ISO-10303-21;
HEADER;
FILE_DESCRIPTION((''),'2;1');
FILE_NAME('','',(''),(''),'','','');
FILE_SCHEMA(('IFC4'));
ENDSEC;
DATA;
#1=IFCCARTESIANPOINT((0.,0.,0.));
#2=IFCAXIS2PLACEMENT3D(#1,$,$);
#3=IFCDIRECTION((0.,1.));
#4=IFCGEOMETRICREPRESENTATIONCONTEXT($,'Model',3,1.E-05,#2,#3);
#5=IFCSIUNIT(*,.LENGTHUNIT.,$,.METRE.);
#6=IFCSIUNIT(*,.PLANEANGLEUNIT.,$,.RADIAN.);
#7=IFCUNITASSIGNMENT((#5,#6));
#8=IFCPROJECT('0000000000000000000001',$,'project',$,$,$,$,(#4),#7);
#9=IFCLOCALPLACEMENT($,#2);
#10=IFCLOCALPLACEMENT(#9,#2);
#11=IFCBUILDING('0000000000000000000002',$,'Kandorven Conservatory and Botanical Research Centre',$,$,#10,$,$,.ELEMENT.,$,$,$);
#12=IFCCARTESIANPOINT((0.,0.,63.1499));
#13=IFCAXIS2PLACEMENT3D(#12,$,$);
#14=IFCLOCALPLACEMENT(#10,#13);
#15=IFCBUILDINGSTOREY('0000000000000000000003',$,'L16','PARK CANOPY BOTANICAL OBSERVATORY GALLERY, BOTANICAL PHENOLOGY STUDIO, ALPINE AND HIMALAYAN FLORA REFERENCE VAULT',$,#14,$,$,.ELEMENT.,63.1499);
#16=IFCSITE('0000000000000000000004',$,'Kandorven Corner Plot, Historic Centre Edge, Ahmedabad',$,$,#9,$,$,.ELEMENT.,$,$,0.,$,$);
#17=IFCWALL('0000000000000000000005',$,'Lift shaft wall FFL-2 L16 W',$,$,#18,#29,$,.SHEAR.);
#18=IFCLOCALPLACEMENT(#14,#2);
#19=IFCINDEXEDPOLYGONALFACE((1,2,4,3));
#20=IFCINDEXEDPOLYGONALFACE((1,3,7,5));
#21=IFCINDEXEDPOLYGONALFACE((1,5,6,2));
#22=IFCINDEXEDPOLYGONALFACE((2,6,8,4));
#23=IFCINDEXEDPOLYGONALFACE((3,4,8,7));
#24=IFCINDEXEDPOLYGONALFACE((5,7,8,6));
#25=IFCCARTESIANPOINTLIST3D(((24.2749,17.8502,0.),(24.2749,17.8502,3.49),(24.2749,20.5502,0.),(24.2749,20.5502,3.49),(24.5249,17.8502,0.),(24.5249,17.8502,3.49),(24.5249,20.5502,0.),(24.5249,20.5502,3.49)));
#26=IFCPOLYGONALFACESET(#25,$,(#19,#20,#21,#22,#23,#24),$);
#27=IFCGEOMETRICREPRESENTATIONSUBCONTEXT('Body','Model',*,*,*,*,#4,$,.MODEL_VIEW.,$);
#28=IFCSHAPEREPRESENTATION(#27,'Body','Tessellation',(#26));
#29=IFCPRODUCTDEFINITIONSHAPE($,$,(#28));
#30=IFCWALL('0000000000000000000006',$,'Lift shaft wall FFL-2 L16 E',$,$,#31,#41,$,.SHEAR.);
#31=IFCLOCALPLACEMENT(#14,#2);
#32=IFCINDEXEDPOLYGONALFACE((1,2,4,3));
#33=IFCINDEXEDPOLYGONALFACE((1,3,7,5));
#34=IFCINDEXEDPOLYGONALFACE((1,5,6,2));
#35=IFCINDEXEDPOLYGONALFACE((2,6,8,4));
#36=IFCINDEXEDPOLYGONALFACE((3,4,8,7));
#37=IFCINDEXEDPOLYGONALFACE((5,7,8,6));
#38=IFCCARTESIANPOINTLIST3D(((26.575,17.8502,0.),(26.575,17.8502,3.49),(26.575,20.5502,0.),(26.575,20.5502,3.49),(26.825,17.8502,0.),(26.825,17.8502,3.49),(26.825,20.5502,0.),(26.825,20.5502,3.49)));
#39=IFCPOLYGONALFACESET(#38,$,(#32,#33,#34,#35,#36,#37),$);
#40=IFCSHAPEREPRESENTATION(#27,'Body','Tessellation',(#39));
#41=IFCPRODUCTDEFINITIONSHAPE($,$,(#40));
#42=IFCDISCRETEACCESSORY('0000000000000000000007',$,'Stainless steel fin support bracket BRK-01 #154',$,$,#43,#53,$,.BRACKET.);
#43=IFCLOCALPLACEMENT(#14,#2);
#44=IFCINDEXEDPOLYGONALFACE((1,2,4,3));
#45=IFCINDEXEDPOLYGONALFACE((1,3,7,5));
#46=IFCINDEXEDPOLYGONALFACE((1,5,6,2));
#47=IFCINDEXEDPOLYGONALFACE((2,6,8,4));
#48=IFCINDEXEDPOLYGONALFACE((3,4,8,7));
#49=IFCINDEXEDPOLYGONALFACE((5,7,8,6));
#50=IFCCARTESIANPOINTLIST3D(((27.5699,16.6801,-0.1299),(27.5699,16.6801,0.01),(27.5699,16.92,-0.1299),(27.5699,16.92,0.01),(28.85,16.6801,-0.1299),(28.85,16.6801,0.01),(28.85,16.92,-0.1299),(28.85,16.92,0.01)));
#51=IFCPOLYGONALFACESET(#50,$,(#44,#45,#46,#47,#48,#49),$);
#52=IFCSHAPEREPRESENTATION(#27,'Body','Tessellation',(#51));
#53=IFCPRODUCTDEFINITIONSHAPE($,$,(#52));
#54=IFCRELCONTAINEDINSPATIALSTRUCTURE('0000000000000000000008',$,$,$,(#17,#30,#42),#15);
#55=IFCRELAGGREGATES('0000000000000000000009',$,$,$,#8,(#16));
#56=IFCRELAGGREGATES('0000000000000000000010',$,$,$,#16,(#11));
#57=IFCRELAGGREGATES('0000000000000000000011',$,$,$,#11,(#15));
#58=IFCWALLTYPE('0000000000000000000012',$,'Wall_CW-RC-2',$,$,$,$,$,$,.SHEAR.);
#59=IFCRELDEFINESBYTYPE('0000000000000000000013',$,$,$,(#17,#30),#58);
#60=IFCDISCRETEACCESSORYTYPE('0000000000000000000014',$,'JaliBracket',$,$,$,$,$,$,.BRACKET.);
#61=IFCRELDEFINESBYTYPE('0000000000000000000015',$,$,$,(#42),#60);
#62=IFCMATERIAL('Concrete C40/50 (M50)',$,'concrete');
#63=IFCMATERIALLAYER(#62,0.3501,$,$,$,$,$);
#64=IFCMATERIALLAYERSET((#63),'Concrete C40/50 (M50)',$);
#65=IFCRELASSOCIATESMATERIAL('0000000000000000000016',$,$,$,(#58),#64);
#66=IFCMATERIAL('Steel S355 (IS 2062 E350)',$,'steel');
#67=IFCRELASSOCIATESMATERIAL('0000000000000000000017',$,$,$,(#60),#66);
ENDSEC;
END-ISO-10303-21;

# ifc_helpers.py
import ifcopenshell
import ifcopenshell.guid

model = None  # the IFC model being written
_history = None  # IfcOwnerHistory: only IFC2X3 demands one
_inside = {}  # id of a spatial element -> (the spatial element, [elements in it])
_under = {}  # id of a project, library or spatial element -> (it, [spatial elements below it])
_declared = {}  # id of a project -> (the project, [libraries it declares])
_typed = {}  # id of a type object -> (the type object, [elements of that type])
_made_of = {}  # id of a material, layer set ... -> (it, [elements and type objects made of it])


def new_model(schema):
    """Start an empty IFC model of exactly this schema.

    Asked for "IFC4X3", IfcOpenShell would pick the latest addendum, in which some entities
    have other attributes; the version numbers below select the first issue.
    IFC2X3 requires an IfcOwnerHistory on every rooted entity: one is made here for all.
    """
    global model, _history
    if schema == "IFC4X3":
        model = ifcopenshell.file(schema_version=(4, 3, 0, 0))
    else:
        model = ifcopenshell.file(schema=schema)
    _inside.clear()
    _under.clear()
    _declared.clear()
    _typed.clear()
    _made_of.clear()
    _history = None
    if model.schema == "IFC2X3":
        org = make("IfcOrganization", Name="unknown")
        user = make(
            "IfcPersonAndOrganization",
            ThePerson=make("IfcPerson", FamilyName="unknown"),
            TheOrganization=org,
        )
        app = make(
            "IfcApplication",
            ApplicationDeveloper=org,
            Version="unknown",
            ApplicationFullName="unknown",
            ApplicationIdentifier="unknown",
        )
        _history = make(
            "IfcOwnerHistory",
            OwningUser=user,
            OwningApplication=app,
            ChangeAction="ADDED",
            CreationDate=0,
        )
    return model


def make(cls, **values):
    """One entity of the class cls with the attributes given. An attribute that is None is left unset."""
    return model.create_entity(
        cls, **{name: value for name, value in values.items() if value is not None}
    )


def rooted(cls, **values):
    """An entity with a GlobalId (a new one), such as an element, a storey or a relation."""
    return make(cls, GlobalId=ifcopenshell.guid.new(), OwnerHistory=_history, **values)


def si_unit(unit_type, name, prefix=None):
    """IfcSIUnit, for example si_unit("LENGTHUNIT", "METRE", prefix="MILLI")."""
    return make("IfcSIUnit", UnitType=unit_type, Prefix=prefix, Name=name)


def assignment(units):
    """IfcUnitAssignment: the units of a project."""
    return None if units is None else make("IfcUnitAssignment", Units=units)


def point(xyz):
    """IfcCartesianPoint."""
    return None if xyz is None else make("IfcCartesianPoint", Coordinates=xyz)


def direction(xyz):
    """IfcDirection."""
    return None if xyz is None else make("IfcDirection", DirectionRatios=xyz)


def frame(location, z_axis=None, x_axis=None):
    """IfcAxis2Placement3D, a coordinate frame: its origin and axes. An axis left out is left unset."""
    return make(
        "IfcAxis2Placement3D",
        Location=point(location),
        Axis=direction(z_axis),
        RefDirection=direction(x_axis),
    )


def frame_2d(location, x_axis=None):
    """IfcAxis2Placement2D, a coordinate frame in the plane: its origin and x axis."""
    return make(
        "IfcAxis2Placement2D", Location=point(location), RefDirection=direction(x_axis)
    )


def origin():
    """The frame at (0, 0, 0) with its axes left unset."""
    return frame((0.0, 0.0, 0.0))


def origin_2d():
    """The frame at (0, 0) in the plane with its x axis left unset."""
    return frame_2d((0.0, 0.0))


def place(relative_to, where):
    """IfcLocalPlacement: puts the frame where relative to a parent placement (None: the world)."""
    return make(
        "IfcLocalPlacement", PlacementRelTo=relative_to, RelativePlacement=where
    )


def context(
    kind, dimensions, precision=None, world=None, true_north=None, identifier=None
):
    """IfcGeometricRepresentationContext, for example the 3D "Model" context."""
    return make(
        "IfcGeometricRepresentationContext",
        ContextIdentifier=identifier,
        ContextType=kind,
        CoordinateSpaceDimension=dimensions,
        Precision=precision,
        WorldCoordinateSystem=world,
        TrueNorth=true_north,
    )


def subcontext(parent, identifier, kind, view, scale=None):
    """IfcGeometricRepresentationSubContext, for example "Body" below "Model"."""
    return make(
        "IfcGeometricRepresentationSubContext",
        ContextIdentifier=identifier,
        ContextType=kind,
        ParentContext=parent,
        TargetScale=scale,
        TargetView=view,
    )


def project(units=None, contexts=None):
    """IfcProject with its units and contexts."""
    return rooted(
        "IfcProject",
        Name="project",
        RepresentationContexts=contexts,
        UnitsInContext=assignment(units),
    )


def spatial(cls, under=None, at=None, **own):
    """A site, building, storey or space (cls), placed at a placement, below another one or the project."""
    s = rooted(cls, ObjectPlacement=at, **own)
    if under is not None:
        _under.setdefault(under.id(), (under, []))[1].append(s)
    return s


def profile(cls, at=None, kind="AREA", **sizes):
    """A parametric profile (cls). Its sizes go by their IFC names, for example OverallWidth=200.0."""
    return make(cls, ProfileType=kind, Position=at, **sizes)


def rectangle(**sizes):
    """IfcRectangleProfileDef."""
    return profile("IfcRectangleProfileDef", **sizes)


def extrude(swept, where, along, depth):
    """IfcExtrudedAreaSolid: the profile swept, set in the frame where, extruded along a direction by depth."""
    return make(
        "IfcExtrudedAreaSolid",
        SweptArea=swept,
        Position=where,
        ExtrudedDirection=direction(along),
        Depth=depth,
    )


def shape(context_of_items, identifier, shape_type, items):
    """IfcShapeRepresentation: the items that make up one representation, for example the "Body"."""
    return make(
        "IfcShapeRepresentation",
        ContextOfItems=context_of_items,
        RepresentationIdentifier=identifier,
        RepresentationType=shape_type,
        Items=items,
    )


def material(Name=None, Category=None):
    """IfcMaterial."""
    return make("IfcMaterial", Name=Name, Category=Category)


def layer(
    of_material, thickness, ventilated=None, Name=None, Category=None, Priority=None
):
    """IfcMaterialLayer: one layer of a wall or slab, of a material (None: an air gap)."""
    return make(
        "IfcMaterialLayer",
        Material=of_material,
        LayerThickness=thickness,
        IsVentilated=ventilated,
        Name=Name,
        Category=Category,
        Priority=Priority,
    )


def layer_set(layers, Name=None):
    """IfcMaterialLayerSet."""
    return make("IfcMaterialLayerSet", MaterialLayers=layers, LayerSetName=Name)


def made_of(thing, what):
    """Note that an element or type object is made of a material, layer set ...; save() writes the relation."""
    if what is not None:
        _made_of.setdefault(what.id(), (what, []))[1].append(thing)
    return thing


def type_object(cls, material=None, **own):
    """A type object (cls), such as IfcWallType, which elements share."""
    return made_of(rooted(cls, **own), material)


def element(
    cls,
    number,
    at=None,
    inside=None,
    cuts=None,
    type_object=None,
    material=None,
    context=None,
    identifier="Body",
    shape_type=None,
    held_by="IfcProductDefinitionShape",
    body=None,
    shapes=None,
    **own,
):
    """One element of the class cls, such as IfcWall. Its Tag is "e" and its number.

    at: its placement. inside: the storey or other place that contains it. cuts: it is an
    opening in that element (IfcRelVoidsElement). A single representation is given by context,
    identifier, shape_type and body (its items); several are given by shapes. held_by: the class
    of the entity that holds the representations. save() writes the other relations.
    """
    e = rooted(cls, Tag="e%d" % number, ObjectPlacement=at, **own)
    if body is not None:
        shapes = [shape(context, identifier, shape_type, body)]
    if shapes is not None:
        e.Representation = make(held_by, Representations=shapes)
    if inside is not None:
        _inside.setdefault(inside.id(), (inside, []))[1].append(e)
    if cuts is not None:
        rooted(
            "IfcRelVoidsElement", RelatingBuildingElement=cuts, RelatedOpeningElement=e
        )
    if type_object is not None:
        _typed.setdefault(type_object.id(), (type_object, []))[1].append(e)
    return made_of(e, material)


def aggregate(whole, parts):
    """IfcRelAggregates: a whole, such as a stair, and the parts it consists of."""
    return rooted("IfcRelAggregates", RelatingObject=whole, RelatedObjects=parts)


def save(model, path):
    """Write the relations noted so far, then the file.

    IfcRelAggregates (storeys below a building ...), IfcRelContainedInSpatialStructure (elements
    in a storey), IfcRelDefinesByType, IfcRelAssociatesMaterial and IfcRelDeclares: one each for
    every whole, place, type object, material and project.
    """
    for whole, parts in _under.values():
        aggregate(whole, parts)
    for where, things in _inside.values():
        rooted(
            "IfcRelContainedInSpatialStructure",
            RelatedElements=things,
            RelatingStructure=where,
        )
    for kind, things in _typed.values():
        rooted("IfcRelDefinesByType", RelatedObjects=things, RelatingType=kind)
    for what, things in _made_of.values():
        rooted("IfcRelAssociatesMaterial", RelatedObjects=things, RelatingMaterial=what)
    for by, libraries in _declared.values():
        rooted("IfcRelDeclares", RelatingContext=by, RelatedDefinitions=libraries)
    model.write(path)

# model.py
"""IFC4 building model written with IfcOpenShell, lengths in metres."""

from ifc_helpers import new_model, si_unit, direction, frame, frame_2d, origin, origin_2d, place, context, subcontext, project, spatial, rectangle, extrude, material, layer, layer_set, type_object, element, save


model = new_model("IFC4")

# Units and contexts
model_context = context("Model", 3, precision=1e-05, world=origin(), true_north=direction((0.0, 1.0)))
body_context = subcontext(model_context, "Body", "Model", "MODEL_VIEW")
ifc_project = project(units=[si_unit("LENGTHUNIT", "METRE"), si_unit("PLANEANGLEUNIT", "RADIAN")], contexts=[model_context])

# Site, building, storey
site_placement = place(None, origin())
site = spatial("IfcSite", under=ifc_project, at=site_placement, Name="Kandorven Corner Plot, Historic Centre Edge, Ahmedabad", CompositionType="ELEMENT", RefElevation=0.0)
building_placement = place(site_placement, origin())
building = spatial("IfcBuilding", under=site, at=building_placement, Name="Kandorven Conservatory and Botanical Research Centre", CompositionType="ELEMENT")
storey_placement = place(building_placement, frame((0.0, 0.0, 63.1499)))
storey = spatial("IfcBuildingStorey", under=building, at=storey_placement, Name="L16", Description="PARK CANOPY BOTANICAL OBSERVATORY GALLERY, BOTANICAL PHENOLOGY STUDIO, ALPINE AND HIMALAYAN FLORA REFERENCE VAULT", CompositionType="ELEMENT", Elevation=63.1499)

# Shared definitions
ifc_material_1 = material(Name="Concrete C40/50 (M50)", Category="concrete")
ifc_layer_1 = layer(ifc_material_1, 0.3501)
ifc_layer_set_1 = layer_set([ifc_layer_1], Name="Concrete C40/50 (M50)")
wall_type = type_object("IfcWallType", Name="Wall_CW-RC-2", PredefinedType="SHEAR", material=ifc_layer_set_1)

# Walls
for number, where, z_axis, x_axis, name in (
    (1, (24.3999, 17.8501, 0.0), (0.0, 0.0, 1.0), (0.0, 1.0, 0.0), "Lift shaft wall FFL-2 L16 W"),
    (2, (26.7, 17.8501, 0.0), (0.0, 0.0, 1.0), (0.0, 1.0, 0.0), "Lift shaft wall FFL-2 L16 E"),
):
    element("IfcWall", number, at=place(storey_placement, frame(where, z_axis=z_axis, x_axis=x_axis)), inside=storey, type_object=wall_type, Name=name, PredefinedType="SHEAR", context=body_context, shape_type="SweptSolid", body=[
        extrude(rectangle(XDim=2.7, YDim=0.25, at=frame_2d((1.3501, 0.0))), origin(), (0.0, 0.0, 1.0), 3.49),
    ])

# Discrete accessory
ifc_material_2 = material(Name="Steel S355 (IS 2062 E350)", Category="steel")
discrete_accessory_type = type_object("IfcDiscreteAccessoryType", Name="JaliBracket", PredefinedType="BRACKET", material=ifc_material_2)
discrete_accessory_placement = place(storey_placement, frame((28.21, 16.8, -0.1299), z_axis=(0.0, 0.0, 1.0), x_axis=(1.0, 0.0, 0.0)))
element("IfcDiscreteAccessory", 3, at=discrete_accessory_placement, inside=storey, type_object=discrete_accessory_type, Name="Stainless steel fin support bracket BRK-01 #154", PredefinedType="BRACKET", context=body_context, shape_type="SweptSolid", body=[
    extrude(rectangle(XDim=1.28, YDim=0.24, at=origin_2d()), origin(), (0.0, 0.0, 1.0), 0.1399),
])

save(model, "model.ifc")
